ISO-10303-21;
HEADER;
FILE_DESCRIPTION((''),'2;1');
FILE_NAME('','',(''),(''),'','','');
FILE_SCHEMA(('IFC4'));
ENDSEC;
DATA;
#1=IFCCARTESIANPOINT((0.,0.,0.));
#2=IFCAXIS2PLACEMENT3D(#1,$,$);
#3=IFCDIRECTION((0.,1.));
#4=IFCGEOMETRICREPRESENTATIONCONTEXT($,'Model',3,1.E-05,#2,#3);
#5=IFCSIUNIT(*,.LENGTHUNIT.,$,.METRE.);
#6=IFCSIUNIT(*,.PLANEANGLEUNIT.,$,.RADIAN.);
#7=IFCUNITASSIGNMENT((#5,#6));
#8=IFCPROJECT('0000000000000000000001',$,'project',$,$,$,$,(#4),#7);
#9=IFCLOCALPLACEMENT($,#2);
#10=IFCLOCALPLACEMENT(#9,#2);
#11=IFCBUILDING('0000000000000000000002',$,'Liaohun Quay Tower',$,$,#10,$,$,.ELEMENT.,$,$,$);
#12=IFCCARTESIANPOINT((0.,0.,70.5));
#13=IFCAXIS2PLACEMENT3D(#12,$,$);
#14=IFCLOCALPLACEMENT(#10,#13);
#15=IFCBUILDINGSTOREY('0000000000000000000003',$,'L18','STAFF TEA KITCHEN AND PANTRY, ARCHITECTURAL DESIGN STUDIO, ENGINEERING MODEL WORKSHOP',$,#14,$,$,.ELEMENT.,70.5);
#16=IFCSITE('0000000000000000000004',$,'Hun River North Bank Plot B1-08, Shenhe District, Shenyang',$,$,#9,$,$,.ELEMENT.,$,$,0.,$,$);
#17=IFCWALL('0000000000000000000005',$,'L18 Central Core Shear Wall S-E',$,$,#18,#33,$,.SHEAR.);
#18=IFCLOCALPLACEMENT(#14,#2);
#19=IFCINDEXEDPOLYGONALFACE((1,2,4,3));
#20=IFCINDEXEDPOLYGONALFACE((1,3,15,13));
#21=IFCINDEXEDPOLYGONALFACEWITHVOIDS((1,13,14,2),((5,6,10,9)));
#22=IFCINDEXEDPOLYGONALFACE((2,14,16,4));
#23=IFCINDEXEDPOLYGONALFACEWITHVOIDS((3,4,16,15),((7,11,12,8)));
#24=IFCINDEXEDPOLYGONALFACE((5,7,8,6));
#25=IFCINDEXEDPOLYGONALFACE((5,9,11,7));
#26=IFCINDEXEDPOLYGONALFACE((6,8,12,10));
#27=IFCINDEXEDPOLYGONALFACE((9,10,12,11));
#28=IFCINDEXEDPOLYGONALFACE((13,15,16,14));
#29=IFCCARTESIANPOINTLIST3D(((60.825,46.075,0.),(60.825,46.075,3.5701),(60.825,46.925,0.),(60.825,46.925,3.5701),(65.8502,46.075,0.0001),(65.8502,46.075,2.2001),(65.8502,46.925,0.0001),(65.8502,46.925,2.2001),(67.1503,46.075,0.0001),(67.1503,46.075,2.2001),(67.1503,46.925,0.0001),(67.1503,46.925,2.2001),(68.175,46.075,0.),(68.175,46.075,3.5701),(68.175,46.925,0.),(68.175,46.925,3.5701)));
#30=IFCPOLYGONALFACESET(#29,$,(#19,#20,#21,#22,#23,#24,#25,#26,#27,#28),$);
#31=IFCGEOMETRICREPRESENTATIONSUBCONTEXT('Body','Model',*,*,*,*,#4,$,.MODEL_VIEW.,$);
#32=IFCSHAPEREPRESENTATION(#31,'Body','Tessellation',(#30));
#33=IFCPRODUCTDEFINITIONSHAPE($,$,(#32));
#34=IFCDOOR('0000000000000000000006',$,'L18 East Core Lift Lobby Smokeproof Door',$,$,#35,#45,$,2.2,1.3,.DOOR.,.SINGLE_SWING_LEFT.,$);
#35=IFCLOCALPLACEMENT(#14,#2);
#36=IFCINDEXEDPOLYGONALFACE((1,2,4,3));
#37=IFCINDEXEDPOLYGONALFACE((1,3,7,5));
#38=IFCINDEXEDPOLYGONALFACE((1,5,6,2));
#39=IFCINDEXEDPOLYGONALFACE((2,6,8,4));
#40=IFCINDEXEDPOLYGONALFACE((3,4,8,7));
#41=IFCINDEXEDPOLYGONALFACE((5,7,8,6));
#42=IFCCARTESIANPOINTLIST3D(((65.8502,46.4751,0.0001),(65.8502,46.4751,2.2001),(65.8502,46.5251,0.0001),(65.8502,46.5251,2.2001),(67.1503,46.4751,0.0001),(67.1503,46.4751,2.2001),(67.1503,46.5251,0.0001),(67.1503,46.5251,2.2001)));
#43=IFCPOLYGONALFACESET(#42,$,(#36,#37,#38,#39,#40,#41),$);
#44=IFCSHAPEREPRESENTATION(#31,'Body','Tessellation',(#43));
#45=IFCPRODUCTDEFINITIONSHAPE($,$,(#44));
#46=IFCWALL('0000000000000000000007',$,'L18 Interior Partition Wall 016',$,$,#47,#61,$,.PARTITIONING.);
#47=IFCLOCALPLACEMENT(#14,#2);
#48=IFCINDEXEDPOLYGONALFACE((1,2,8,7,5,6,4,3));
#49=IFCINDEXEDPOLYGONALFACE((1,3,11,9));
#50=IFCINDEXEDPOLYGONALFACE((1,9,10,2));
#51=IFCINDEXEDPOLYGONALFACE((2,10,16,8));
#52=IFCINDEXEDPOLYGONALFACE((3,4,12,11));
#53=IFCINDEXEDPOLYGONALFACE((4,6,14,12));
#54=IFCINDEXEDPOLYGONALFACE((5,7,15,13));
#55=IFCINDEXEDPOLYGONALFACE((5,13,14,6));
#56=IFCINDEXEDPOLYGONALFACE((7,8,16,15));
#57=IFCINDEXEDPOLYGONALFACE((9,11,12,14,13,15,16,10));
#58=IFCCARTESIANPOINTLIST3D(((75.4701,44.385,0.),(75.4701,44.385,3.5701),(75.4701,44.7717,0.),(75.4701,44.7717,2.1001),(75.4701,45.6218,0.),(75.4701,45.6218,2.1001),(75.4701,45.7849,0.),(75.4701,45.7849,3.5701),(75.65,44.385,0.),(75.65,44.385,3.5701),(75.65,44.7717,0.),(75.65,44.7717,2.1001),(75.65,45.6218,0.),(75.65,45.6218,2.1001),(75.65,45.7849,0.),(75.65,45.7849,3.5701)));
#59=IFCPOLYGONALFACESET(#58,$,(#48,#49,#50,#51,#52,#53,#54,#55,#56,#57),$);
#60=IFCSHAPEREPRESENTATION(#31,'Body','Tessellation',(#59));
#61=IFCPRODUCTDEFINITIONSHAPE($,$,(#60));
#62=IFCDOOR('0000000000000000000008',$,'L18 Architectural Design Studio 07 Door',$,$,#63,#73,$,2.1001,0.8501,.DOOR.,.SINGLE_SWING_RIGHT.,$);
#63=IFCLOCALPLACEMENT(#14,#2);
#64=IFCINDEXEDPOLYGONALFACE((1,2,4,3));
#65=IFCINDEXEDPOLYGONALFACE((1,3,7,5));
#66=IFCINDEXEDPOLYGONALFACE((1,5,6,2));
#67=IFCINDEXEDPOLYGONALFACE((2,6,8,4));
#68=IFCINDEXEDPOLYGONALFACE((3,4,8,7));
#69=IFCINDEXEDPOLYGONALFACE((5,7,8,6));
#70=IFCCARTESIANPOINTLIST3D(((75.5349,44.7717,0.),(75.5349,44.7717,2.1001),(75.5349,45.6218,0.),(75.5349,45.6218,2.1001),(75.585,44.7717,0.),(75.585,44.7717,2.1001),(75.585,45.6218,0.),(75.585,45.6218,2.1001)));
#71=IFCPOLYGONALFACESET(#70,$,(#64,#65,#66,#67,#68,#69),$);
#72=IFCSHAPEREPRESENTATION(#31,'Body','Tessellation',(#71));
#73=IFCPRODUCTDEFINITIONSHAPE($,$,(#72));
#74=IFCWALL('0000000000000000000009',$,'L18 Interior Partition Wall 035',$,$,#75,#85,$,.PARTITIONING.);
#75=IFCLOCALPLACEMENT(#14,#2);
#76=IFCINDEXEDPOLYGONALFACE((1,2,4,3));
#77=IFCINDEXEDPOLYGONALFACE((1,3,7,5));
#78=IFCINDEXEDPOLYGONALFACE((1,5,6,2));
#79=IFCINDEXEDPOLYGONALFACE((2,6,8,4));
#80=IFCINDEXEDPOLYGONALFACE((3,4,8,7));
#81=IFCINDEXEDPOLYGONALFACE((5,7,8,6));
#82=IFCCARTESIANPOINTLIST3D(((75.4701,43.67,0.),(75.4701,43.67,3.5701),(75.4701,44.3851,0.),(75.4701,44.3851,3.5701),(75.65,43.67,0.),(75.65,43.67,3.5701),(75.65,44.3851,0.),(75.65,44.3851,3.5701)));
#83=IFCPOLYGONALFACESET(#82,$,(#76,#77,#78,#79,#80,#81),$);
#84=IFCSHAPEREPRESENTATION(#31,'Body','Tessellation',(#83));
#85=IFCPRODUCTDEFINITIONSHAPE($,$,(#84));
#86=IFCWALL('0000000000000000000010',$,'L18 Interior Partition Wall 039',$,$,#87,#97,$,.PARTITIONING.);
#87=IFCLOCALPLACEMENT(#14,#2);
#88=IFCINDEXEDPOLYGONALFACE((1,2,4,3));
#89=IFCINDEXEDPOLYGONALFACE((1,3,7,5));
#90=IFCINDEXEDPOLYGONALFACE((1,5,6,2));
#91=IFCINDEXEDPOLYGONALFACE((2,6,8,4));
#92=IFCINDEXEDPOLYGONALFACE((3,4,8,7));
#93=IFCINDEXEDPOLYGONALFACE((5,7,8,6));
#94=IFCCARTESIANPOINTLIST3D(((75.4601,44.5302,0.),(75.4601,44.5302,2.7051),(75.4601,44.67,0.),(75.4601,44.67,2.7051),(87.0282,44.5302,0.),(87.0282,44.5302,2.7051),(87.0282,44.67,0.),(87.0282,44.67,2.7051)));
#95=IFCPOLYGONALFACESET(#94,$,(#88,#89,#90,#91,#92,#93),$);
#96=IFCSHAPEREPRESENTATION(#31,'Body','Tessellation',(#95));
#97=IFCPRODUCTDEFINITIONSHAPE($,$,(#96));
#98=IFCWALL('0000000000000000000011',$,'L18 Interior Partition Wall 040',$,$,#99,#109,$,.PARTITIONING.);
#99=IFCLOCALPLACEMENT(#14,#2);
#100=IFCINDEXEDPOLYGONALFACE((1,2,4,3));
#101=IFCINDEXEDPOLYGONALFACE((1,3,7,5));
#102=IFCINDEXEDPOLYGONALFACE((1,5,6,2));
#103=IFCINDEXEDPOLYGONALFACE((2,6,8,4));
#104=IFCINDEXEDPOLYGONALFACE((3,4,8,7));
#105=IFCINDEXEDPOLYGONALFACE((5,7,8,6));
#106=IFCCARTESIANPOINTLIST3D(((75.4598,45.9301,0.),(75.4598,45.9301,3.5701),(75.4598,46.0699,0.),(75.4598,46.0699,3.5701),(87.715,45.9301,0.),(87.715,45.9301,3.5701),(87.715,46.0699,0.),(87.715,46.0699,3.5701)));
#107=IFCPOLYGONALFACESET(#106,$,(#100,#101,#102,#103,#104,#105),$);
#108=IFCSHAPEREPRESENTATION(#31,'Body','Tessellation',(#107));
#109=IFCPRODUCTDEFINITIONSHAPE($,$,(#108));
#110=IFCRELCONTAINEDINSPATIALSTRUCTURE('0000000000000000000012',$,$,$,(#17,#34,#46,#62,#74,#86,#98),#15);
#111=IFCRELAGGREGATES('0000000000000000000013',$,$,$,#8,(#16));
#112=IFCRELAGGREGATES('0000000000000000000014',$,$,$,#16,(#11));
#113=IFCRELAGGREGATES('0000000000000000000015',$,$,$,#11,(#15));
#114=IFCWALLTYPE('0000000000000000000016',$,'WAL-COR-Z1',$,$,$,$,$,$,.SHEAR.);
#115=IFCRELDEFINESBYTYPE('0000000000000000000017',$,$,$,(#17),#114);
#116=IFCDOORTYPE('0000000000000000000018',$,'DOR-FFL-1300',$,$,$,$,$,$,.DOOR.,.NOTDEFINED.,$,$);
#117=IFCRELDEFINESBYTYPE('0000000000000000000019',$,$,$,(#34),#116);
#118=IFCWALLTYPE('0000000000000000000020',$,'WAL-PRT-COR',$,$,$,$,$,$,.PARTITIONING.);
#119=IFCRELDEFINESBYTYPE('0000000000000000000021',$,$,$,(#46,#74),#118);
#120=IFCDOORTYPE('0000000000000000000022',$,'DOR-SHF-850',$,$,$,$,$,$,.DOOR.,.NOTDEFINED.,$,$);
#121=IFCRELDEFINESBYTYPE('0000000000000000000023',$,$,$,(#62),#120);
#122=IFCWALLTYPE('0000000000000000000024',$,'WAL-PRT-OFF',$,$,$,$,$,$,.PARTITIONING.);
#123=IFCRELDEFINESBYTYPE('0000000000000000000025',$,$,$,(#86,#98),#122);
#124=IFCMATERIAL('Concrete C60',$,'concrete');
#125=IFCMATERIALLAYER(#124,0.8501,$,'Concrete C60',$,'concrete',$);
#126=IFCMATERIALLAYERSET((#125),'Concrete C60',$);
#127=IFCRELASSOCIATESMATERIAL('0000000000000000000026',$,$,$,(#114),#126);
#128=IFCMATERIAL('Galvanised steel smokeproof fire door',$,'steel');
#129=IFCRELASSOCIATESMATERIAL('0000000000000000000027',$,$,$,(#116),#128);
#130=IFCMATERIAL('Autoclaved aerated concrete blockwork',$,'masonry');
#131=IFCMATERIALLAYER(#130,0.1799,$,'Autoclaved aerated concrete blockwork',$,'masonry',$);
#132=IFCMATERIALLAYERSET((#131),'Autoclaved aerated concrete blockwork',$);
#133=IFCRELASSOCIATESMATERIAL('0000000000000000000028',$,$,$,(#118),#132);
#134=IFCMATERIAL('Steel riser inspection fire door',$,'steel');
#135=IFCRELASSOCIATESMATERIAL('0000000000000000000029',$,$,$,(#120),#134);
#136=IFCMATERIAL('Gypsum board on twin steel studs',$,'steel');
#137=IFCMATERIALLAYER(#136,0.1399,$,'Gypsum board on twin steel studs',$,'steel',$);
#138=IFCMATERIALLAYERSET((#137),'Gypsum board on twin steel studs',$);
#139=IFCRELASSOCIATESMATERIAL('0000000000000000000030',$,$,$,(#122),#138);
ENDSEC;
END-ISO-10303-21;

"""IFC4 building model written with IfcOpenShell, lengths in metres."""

from ifc_helpers import new_model, si_unit, direction, frame, frame_2d, origin, place, context, subcontext, project, spatial, rectangle, extrude, source, transform, mapped, material, layer, layer_set, type_object, element, fill, save


model = new_model("IFC4")

# Units and contexts
model_context = context("Model", 3, precision=1e-05, world=origin(), true_north=direction((0.0, 1.0)))
body_context = subcontext(model_context, "Body", "Model", "MODEL_VIEW")
ifc_project = project(units=[si_unit("LENGTHUNIT", "METRE"), si_unit("PLANEANGLEUNIT", "RADIAN")], contexts=[model_context])

# Site, building, storey
site_placement = place(None, origin())
site = spatial("IfcSite", under=ifc_project, at=site_placement, Name="Hun River North Bank Plot B1-08, Shenhe District, Shenyang", CompositionType="ELEMENT", RefElevation=0.0)
building_placement = place(site_placement, origin())
building = spatial("IfcBuilding", under=site, at=building_placement, Name="Liaohun Quay Tower", CompositionType="ELEMENT")
storey_placement = place(building_placement, frame((0.0, 0.0, 70.5)))
storey = spatial("IfcBuildingStorey", under=building, at=storey_placement, Name="L18", Description="STAFF TEA KITCHEN AND PANTRY, ARCHITECTURAL DESIGN STUDIO, ENGINEERING MODEL WORKSHOP", CompositionType="ELEMENT", Elevation=70.5)

# Shared definitions
ifc_material_1 = material(Name="Concrete C60", Category="concrete")

# Walls, openings, doors
ifc_layer_1 = layer(ifc_material_1, 0.8501, Name="Concrete C60", Category="concrete")
ifc_layer_set_1 = layer_set([ifc_layer_1], Name="Concrete C60")
wall_type_1 = type_object("IfcWallType", Name="WAL-COR-Z1", PredefinedType="SHEAR", material=ifc_layer_set_1)
wall_1_placement = place(storey_placement, frame((68.175, 46.5, 0.0), z_axis=(0.0, 0.0, 1.0), x_axis=(-1.0, 0.0, 0.0)))
wall_1 = element("IfcWall", 1, at=wall_1_placement, inside=storey, type_object=wall_type_1, Name="L18 Central Core Shear Wall S-E", PredefinedType="SHEAR", context=body_context, shape_type="SweptSolid", body=[
    extrude(rectangle(XDim=7.3501, YDim=0.8501, at=frame_2d((3.675, 0.0))), origin(), (0.0, 0.0, 1.0), 3.5701),
])
shared_shape_1 = source(origin(), body_context, "Body", "SweptSolid", [
    extrude(rectangle(XDim=1.3, YDim=2.2, at=frame_2d((0.6499, 1.1001))), frame((0.0, 0.4351, 0.0), z_axis=(0.0, -1.0, 0.0), x_axis=(1.0, 0.0, 0.0)), (0.0, 0.0, 1.0), 0.8701),
])
opening_1_placement = place(wall_1_placement, frame((1.0249, 0.0, 0.0)))
opening_1 = element("IfcOpeningElement", 2, at=opening_1_placement, cuts=wall_1, PredefinedType="OPENING", context=body_context, shape_type="MappedRepresentation", body=[
    mapped(shared_shape_1, transform((0.0, 0.0, 0.0), x_axis=(1.0, 0.0, 0.0), y_axis=(0.0, 1.0, 0.0), z_axis=(0.0, 0.0, 1.0), scale=1.0)),
])
ifc_material_2 = material(Name="Galvanised steel smokeproof fire door", Category="steel")
door_type_1 = type_object("IfcDoorType", Name="DOR-FFL-1300", OperationType="NOTDEFINED", PredefinedType="DOOR", material=ifc_material_2)
shared_shape_2 = source(origin(), body_context, "Body", "SweptSolid", [
    extrude(rectangle(XDim=1.3, YDim=2.2, at=frame_2d((0.6499, 1.1001))), frame((0.0, 0.0249, 0.0), z_axis=(0.0, -1.0, 0.0), x_axis=(1.0, 0.0, 0.0)), (0.0, 0.0, 1.0), 0.05),
])
door_1_placement = place(opening_1_placement, origin())
door_1 = element("IfcDoor", 3, at=door_1_placement, inside=storey, type_object=door_type_1, Name="L18 East Core Lift Lobby Smokeproof Door", OperationType="SINGLE_SWING_LEFT", OverallHeight=2.2, OverallWidth=1.3, PredefinedType="DOOR", context=body_context, shape_type="MappedRepresentation", body=[
    mapped(shared_shape_2, transform((0.0, 0.0, 0.0), x_axis=(1.0, 0.0, 0.0), y_axis=(0.0, 1.0, 0.0), z_axis=(0.0, 0.0, 1.0), scale=1.0)),
])
fill(opening_1, door_1)
ifc_material_3 = material(Name="Autoclaved aerated concrete blockwork", Category="masonry")
ifc_layer_2 = layer(ifc_material_3, 0.1799, Name="Autoclaved aerated concrete blockwork", Category="masonry")
ifc_layer_set_2 = layer_set([ifc_layer_2], Name="Autoclaved aerated concrete blockwork")
wall_type_2 = type_object("IfcWallType", Name="WAL-PRT-COR", PredefinedType="PARTITIONING", material=ifc_layer_set_2)
wall_2_placement = place(storey_placement, frame((75.5601, 45.7849, 0.0), z_axis=(0.0, 0.0, 1.0), x_axis=(0.0, -1.0, 0.0)))
wall_2 = element("IfcWall", 4, at=wall_2_placement, inside=storey, type_object=wall_type_2, Name="L18 Interior Partition Wall 016", PredefinedType="PARTITIONING", context=body_context, shape_type="SweptSolid", body=[
    extrude(rectangle(XDim=1.3999, YDim=0.1799, at=frame_2d((0.7, 0.0))), origin(), (0.0, 0.0, 1.0), 3.5701),
])
shared_shape_3 = source(origin(), body_context, "Body", "SweptSolid", [
    extrude(rectangle(XDim=0.8501, YDim=2.1001, at=frame_2d((0.425, 1.05))), frame((0.0, 0.0999, 0.0), z_axis=(0.0, -1.0, 0.0), x_axis=(1.0, 0.0, 0.0)), (0.0, 0.0, 1.0), 0.2),
])
opening_2_placement = place(wall_2_placement, frame((0.1631, 0.0, 0.0)))
opening_2 = element("IfcOpeningElement", 5, at=opening_2_placement, cuts=wall_2, PredefinedType="OPENING", context=body_context, shape_type="MappedRepresentation", body=[
    mapped(shared_shape_3, transform((0.0, 0.0, 0.0), x_axis=(1.0, 0.0, 0.0), y_axis=(0.0, 1.0, 0.0), z_axis=(0.0, 0.0, 1.0), scale=1.0)),
])
ifc_material_4 = material(Name="Steel riser inspection fire door", Category="steel")
door_type_2 = type_object("IfcDoorType", Name="DOR-SHF-850", OperationType="NOTDEFINED", PredefinedType="DOOR", material=ifc_material_4)
shared_shape_4 = source(origin(), body_context, "Body", "SweptSolid", [
    extrude(rectangle(XDim=0.8501, YDim=2.1001, at=frame_2d((0.425, 1.05))), frame((0.0, 0.0249, 0.0), z_axis=(0.0, -1.0, 0.0), x_axis=(1.0, 0.0, 0.0)), (0.0, 0.0, 1.0), 0.05),
])
door_2_placement = place(opening_2_placement, origin())
door_2 = element("IfcDoor", 6, at=door_2_placement, inside=storey, type_object=door_type_2, Name="L18 Architectural Design Studio 07 Door", OperationType="SINGLE_SWING_RIGHT", OverallHeight=2.1001, OverallWidth=0.8501, PredefinedType="DOOR", context=body_context, shape_type="MappedRepresentation", body=[
    mapped(shared_shape_4, transform((0.0, 0.0, 0.0), x_axis=(1.0, 0.0, 0.0), y_axis=(0.0, 1.0, 0.0), z_axis=(0.0, 0.0, 1.0), scale=1.0)),
])
fill(opening_2, door_2)

# Walls
wall_3_placement = place(storey_placement, frame((75.5601, 44.385, 0.0), z_axis=(0.0, 0.0, 1.0), x_axis=(0.0, -1.0, 0.0)))
element("IfcWall", 7, at=wall_3_placement, inside=storey, type_object=wall_type_2, Name="L18 Interior Partition Wall 035", PredefinedType="PARTITIONING", context=body_context, shape_type="SweptSolid", body=[
    extrude(rectangle(XDim=0.7151, YDim=0.1799, at=frame_2d((0.3574, 0.0))), origin(), (0.0, 0.0, 1.0), 3.5701),
])
ifc_material_5 = material(Name="Gypsum board on twin steel studs", Category="steel")
ifc_layer_3 = layer(ifc_material_5, 0.1399, Name="Gypsum board on twin steel studs", Category="steel")
ifc_layer_set_3 = layer_set([ifc_layer_3], Name="Gypsum board on twin steel studs")
wall_type_3 = type_object("IfcWallType", Name="WAL-PRT-OFF", PredefinedType="PARTITIONING", material=ifc_layer_set_3)
wall_4_placement = place(storey_placement, frame((75.46, 44.6001, 0.0), z_axis=(0.0, 0.0, 1.0), x_axis=(1.0, 0.0, 0.0)))
element("IfcWall", 8, at=wall_4_placement, inside=storey, type_object=wall_type_3, Name="L18 Interior Partition Wall 039", PredefinedType="PARTITIONING", context=body_context, shape_type="SweptSolid", body=[
    extrude(rectangle(XDim=11.5681, YDim=0.1399, at=frame_2d((5.7842, 0.0))), origin(), (0.0, 0.0, 1.0), 2.7051),
])
wall_5_placement = place(storey_placement, frame((75.46, 46.0, 0.0), z_axis=(0.0, 0.0, 1.0), x_axis=(1.0, 0.0, 0.0)))
element("IfcWall", 9, at=wall_5_placement, inside=storey, type_object=wall_type_3, Name="L18 Interior Partition Wall 040", PredefinedType="PARTITIONING", context=body_context, shape_type="SweptSolid", body=[
    extrude(rectangle(XDim=12.2551, YDim=0.1399, at=frame_2d((6.1274, 0.0))), origin(), (0.0, 0.0, 1.0), 3.5701),
])

save(model, "model.ifc")
